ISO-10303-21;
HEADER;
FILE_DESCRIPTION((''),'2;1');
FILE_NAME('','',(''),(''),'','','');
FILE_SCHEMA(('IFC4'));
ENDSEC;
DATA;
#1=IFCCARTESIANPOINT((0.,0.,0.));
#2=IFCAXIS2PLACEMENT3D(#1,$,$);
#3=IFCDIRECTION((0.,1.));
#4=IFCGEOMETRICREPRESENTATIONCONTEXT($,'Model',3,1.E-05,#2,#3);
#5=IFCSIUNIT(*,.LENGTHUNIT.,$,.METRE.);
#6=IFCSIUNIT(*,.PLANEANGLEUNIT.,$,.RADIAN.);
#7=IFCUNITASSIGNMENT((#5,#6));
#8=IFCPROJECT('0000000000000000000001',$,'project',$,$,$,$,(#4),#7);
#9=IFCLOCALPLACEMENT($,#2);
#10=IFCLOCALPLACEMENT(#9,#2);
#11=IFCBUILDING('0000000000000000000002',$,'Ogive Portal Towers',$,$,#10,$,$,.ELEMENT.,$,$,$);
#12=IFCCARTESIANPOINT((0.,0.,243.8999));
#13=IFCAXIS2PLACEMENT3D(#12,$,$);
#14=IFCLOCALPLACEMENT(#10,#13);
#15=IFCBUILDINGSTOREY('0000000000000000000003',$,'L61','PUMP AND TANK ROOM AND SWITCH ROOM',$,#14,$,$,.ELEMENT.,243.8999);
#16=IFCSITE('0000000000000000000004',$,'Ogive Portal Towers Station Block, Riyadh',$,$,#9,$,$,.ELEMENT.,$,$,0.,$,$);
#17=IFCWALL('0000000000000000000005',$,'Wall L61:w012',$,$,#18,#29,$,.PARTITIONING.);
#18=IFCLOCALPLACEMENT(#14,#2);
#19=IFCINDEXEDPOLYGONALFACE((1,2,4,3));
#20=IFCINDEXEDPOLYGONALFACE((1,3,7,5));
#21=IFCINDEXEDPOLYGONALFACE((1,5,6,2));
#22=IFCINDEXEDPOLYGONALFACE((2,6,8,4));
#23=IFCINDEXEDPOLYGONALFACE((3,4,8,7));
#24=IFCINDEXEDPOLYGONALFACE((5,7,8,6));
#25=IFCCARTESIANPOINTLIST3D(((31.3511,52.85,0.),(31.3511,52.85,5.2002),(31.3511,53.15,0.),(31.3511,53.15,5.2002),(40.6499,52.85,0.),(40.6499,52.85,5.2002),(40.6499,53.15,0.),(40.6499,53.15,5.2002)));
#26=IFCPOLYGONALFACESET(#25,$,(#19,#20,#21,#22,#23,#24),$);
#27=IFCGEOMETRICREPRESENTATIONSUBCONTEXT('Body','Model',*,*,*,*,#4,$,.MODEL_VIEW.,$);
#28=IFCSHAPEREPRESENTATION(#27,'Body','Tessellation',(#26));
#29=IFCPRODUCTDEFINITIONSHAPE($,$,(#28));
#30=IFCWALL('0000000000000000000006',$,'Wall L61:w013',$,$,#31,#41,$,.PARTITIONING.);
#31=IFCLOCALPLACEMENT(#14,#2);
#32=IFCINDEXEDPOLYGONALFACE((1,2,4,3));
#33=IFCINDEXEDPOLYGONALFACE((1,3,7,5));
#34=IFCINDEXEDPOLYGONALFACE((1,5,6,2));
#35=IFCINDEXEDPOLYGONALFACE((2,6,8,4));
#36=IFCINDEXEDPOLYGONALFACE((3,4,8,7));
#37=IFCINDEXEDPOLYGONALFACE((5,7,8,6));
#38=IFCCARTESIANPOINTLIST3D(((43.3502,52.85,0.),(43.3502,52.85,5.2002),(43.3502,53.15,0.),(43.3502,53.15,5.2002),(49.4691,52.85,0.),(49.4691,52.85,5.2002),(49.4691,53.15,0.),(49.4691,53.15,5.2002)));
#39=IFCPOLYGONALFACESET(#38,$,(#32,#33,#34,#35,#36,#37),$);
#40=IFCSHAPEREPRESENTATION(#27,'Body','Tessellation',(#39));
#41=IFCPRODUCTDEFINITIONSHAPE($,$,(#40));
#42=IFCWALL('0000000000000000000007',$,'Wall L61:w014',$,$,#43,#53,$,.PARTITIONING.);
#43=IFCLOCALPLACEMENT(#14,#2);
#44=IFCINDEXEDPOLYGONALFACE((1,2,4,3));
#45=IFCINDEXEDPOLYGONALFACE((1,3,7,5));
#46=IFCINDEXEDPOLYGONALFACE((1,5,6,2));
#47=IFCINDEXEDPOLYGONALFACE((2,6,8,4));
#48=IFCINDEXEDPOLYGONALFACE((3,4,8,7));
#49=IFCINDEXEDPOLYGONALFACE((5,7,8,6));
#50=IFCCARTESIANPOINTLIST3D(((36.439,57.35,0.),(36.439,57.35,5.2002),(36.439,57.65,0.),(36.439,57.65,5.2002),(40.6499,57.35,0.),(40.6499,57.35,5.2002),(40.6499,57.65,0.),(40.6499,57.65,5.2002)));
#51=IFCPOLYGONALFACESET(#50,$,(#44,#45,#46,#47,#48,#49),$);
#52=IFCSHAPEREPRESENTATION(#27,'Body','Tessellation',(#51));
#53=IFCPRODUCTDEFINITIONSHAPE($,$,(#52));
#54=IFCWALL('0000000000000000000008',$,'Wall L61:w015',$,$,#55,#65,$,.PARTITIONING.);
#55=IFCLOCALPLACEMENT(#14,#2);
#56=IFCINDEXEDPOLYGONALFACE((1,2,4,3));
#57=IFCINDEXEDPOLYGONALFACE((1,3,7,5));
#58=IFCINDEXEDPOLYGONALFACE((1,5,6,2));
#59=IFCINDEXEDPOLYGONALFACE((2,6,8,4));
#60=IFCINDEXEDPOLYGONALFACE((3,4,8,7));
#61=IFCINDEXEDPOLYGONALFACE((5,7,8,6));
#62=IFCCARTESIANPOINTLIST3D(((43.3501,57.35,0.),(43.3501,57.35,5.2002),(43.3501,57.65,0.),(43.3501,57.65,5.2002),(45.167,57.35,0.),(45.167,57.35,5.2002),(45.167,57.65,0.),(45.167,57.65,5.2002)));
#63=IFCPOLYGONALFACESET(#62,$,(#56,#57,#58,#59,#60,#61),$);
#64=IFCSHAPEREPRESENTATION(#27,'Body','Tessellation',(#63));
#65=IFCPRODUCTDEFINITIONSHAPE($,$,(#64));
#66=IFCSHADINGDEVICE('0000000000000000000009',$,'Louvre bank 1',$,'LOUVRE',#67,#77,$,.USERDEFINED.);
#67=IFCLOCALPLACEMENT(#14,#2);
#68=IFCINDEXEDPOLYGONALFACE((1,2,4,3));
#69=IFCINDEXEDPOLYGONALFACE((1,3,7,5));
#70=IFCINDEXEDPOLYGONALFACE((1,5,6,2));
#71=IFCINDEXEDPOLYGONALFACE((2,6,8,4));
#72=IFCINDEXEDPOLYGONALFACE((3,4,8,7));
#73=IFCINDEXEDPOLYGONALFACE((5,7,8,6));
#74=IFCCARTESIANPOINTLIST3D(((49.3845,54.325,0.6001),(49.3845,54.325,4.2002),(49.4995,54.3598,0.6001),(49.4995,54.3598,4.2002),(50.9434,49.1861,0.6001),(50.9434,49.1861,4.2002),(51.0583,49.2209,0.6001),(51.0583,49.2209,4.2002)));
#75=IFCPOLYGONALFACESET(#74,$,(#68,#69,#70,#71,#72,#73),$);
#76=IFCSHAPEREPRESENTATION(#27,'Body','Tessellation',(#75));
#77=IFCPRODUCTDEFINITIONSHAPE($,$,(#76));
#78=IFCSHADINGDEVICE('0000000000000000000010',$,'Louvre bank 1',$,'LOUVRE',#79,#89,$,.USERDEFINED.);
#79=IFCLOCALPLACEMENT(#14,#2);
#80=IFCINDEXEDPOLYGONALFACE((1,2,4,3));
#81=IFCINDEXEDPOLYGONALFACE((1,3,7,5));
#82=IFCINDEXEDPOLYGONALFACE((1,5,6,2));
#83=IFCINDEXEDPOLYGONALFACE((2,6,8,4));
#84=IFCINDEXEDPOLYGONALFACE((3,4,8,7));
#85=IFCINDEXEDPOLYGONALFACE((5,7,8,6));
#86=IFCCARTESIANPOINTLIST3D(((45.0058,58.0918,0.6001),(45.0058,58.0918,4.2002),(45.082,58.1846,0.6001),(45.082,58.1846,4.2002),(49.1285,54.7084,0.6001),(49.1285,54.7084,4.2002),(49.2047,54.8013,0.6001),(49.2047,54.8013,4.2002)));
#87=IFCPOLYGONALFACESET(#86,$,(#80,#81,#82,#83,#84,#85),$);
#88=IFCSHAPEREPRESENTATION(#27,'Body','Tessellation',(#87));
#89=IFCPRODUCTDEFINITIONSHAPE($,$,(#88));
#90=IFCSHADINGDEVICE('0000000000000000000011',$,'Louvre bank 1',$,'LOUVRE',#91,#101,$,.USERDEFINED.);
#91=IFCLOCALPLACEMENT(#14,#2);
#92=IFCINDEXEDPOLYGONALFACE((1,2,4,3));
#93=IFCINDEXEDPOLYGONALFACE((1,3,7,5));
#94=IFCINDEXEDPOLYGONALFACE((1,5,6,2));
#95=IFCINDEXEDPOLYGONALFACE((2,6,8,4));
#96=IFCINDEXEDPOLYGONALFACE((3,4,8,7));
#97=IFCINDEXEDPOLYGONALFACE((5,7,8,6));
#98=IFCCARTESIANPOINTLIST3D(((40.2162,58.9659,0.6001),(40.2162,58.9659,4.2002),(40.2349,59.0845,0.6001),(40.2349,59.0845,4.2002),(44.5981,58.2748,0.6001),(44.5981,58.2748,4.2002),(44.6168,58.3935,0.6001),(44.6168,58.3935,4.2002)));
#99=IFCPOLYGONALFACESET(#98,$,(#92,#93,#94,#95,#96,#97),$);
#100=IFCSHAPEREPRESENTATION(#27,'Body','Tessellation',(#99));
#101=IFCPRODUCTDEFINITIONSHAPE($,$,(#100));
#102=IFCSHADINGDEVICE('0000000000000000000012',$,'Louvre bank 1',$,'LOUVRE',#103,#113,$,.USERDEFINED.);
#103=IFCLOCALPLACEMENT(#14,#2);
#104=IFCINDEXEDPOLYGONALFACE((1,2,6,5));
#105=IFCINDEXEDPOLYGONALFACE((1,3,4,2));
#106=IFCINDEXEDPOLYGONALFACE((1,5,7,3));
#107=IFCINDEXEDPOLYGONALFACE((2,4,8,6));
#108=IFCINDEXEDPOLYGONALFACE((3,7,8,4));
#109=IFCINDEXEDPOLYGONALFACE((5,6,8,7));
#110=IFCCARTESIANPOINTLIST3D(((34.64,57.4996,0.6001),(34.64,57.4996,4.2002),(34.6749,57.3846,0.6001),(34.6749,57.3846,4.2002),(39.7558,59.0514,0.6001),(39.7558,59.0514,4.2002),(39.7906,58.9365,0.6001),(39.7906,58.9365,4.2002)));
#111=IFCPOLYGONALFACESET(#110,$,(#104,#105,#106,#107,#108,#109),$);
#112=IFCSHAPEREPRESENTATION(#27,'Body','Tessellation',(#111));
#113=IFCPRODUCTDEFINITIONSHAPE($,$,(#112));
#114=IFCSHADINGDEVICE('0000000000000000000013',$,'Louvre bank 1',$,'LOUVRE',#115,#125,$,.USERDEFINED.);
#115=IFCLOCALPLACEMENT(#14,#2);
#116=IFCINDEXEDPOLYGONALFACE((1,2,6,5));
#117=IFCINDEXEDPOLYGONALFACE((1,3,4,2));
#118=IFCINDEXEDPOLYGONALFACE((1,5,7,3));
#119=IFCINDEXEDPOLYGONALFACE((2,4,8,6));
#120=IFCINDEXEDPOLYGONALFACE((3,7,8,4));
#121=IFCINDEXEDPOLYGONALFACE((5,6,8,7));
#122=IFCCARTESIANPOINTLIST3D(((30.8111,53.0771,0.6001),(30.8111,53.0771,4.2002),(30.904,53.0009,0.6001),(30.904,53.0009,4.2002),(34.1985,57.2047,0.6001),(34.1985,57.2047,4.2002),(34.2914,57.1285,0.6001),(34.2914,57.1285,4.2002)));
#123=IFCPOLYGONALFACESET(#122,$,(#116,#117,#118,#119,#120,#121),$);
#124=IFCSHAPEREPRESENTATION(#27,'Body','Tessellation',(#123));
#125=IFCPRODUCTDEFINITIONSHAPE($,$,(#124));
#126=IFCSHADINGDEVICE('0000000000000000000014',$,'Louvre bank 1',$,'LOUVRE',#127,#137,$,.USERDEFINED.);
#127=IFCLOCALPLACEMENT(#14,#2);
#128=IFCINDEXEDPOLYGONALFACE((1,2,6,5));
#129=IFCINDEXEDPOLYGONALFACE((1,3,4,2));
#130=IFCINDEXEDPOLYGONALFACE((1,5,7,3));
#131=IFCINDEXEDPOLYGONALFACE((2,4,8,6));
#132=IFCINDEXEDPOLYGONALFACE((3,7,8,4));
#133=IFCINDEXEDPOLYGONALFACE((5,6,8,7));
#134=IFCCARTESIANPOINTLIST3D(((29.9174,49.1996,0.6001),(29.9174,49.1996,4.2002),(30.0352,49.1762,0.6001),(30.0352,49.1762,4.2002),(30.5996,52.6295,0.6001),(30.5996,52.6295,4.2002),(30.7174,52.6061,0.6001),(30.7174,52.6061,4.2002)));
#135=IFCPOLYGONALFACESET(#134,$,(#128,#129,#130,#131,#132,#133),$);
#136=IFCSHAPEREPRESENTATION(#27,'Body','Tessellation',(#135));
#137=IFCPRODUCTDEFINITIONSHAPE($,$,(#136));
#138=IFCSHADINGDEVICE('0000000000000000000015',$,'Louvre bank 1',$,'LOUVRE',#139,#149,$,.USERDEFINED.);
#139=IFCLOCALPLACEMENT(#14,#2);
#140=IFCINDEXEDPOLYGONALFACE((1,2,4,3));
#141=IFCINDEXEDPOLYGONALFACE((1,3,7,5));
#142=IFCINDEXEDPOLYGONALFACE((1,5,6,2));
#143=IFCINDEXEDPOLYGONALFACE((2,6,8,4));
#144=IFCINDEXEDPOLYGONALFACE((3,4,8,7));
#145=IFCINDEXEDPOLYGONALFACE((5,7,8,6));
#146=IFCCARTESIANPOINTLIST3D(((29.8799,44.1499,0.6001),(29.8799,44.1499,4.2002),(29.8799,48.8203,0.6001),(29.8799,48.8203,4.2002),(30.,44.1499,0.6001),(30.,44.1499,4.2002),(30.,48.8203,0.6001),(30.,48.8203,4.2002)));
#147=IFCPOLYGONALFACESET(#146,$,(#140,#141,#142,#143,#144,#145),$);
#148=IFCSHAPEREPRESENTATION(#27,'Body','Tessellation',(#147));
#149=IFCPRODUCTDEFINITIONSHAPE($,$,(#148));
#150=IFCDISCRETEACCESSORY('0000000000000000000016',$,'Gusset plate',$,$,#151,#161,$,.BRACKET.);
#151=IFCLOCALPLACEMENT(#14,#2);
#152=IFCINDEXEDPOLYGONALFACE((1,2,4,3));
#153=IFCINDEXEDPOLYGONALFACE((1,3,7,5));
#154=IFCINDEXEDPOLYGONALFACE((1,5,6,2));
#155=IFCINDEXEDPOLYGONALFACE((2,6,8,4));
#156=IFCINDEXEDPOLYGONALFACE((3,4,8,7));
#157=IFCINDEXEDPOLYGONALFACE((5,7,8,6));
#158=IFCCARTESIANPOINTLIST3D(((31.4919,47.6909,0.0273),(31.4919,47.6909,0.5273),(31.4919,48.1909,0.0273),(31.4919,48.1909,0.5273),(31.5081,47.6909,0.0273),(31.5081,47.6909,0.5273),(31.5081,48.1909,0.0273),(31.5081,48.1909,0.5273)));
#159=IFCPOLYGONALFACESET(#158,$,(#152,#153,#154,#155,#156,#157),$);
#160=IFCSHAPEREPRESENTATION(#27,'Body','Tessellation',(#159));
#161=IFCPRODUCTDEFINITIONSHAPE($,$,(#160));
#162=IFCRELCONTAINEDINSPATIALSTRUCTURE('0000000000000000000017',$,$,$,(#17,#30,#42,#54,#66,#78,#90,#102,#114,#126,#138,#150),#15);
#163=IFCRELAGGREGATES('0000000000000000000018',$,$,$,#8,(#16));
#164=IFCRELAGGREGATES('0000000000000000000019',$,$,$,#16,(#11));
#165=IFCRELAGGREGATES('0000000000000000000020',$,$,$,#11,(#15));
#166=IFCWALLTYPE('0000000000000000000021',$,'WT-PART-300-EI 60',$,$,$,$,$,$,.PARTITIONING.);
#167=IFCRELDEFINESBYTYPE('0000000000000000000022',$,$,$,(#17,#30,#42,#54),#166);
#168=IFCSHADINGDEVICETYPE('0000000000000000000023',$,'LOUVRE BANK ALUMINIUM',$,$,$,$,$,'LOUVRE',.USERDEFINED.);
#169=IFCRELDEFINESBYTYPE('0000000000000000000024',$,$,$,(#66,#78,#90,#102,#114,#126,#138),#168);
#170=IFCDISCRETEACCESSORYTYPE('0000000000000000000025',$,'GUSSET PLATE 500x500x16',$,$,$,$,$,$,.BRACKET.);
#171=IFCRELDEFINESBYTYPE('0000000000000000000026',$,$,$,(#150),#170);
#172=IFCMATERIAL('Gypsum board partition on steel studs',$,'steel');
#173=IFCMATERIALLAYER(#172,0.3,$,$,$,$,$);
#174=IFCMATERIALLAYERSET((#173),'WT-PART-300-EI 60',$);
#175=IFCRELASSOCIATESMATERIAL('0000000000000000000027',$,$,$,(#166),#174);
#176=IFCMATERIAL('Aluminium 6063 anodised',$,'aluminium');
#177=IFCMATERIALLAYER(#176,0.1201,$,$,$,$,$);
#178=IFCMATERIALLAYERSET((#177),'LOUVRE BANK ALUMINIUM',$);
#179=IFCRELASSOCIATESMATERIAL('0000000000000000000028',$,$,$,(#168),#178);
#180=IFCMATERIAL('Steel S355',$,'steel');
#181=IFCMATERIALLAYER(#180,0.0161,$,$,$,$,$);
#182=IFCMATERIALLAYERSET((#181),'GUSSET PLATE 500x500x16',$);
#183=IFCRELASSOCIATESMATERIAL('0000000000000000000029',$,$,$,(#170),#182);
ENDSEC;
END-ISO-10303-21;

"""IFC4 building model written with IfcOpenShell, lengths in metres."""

from ifc_helpers import new_model, si_unit, direction, frame, frame_2d, origin, origin_2d, place, context, subcontext, project, spatial, rectangle, extrude, material, layer, layer_set, type_object, element, save


model = new_model("IFC4")

# Units and contexts
model_context = context("Model", 3, precision=1e-05, world=origin(), true_north=direction((0.0, 1.0)))
body_context = subcontext(model_context, "Body", "Model", "MODEL_VIEW")
ifc_project = project(units=[si_unit("LENGTHUNIT", "METRE"), si_unit("PLANEANGLEUNIT", "RADIAN")], contexts=[model_context])

# Site, building, storey
site_placement = place(None, origin())
site = spatial("IfcSite", under=ifc_project, at=site_placement, Name="Ogive Portal Towers Station Block, Riyadh", CompositionType="ELEMENT", RefElevation=0.0)
building_placement = place(site_placement, origin())
building = spatial("IfcBuilding", under=site, at=building_placement, Name="Ogive Portal Towers", CompositionType="ELEMENT")
storey_placement = place(building_placement, frame((0.0, 0.0, 243.8999)))
storey = spatial("IfcBuildingStorey", under=building, at=storey_placement, Name="L61", Description="PUMP AND TANK ROOM AND SWITCH ROOM", CompositionType="ELEMENT", Elevation=243.8999)

# Shared definitions
ifc_material_1 = material(Name="Steel S355", Category="steel")

# Walls
ifc_material_2 = material(Name="Gypsum board partition on steel studs", Category="steel")
ifc_layer_1 = layer(ifc_material_2, 0.3)
ifc_layer_set_1 = layer_set([ifc_layer_1], Name="WT-PART-300-EI 60")
wall_type_1 = type_object("IfcWallType", Name="WT-PART-300-EI 60", PredefinedType="PARTITIONING", material=ifc_layer_set_1)
wall_1_placement = place(storey_placement, frame((31.3511, 53.0, 0.0), z_axis=(0.0, 0.0, 1.0), x_axis=(1.0, 0.0, 0.0)))
element("IfcWall", 1, at=wall_1_placement, inside=storey, type_object=wall_type_1, Name="Wall L61:w012", PredefinedType="PARTITIONING", context=body_context, shape_type="SweptSolid", body=[
    extrude(rectangle(XDim=9.2988, YDim=0.3, at=frame_2d((4.6494, 0.0))), origin(), (0.0, 0.0, 1.0), 5.2002),
])
wall_2_placement = place(storey_placement, frame((43.3501, 53.0, 0.0), z_axis=(0.0, 0.0, 1.0), x_axis=(1.0, 0.0, 0.0)))
element("IfcWall", 2, at=wall_2_placement, inside=storey, type_object=wall_type_1, Name="Wall L61:w013", PredefinedType="PARTITIONING", context=body_context, shape_type="SweptSolid", body=[
    extrude(rectangle(XDim=6.1189, YDim=0.3, at=frame_2d((3.0596, 0.0))), origin(), (0.0, 0.0, 1.0), 5.2002),
])
wall_3_placement = place(storey_placement, frame((36.439, 57.5, 0.0), z_axis=(0.0, 0.0, 1.0), x_axis=(1.0, 0.0, 0.0)))
element("IfcWall", 3, at=wall_3_placement, inside=storey, type_object=wall_type_1, Name="Wall L61:w014", PredefinedType="PARTITIONING", context=body_context, shape_type="SweptSolid", body=[
    extrude(rectangle(XDim=4.2109, YDim=0.3, at=frame_2d((2.1055, 0.0))), origin(), (0.0, 0.0, 1.0), 5.2002),
])
wall_4_placement = place(storey_placement, frame((43.3501, 57.5, 0.0), z_axis=(0.0, 0.0, 1.0), x_axis=(1.0, 0.0, 0.0)))
element("IfcWall", 4, at=wall_4_placement, inside=storey, type_object=wall_type_1, Name="Wall L61:w015", PredefinedType="PARTITIONING", context=body_context, shape_type="SweptSolid", body=[
    extrude(rectangle(XDim=1.8169, YDim=0.3, at=frame_2d((0.9084, 0.0))), origin(), (0.0, 0.0, 1.0), 5.2002),
])

# Shading devices
ifc_material_3 = material(Name="Aluminium 6063 anodised", Category="aluminium")
ifc_layer_2 = layer(ifc_material_3, 0.1201)
ifc_layer_set_2 = layer_set([ifc_layer_2], Name="LOUVRE BANK ALUMINIUM")
shading_device_type = type_object("IfcShadingDeviceType", Name="LOUVRE BANK ALUMINIUM", ElementType="LOUVRE", PredefinedType="USERDEFINED", material=ifc_layer_set_2)
shading_device_1_placement = place(storey_placement, frame((50.2214, 51.7729, 0.6001), z_axis=(0.0, 0.0, 1.0), x_axis=(-0.290285, 0.95694, 0.0)))
element("IfcShadingDevice", 5, at=shading_device_1_placement, inside=storey, type_object=shading_device_type, Name="Louvre bank 1", ObjectType="LOUVRE", PredefinedType="USERDEFINED", context=body_context, shape_type="SweptSolid", body=[
    extrude(rectangle(XDim=5.3701, YDim=0.1201, at=origin_2d()), origin(), (0.0, 0.0, 1.0), 3.6001),
])
shading_device_2_placement = place(storey_placement, frame((47.1052, 56.4465, 0.6001), z_axis=(0.0, 0.0, 1.0), x_axis=(-0.77301, 0.634393, 0.0)))
element("IfcShadingDevice", 6, at=shading_device_2_placement, inside=storey, type_object=shading_device_type, Name="Louvre bank 1", ObjectType="LOUVRE", PredefinedType="USERDEFINED", context=body_context, shape_type="SweptSolid", body=[
    extrude(rectangle(XDim=5.3333, YDim=0.1201, at=origin_2d()), origin(), (0.0, 0.0, 1.0), 3.6001),
])
shading_device_3_placement = place(storey_placement, frame((42.4165, 58.6797, 0.6001), z_axis=(0.0, 0.0, 1.0), x_axis=(-0.987792, 0.155777, 0.0)))
element("IfcShadingDevice", 7, at=shading_device_3_placement, inside=storey, type_object=shading_device_type, Name="Louvre bank 1", ObjectType="LOUVRE", PredefinedType="USERDEFINED", context=body_context, shape_type="SweptSolid", body=[
    extrude(rectangle(XDim=4.436, YDim=0.1201, at=origin_2d()), origin(), (0.0, 0.0, 1.0), 3.6001),
])
shading_device_4_placement = place(storey_placement, frame((37.2153, 58.218, 0.6001), z_axis=(0.0, 0.0, 1.0), x_axis=(-0.95694, -0.290285, 0.0)))
element("IfcShadingDevice", 8, at=shading_device_4_placement, inside=storey, type_object=shading_device_type, Name="Louvre bank 1", ObjectType="LOUVRE", PredefinedType="USERDEFINED", context=body_context, shape_type="SweptSolid", body=[
    extrude(rectangle(XDim=5.3459, YDim=0.1201, at=origin_2d()), origin(), (0.0, 0.0, 1.0), 3.6001),
])
shading_device_5_placement = place(storey_placement, frame((32.5513, 55.1028, 0.6001), z_axis=(0.0, 0.0, 1.0), x_axis=(-0.634393, -0.77301, 0.0)))
element("IfcShadingDevice", 9, at=shading_device_5_placement, inside=storey, type_object=shading_device_type, Name="Louvre bank 1", ObjectType="LOUVRE", PredefinedType="USERDEFINED", context=body_context, shape_type="SweptSolid", body=[
    extrude(rectangle(XDim=5.3396, YDim=0.1201, at=origin_2d()), origin(), (0.0, 0.0, 1.0), 3.6001),
])
shading_device_6_placement = place(storey_placement, frame((30.3174, 50.9028, 0.6001), z_axis=(0.0, 0.0, 1.0), x_axis=(-0.19509, -0.980785, 0.0)))
element("IfcShadingDevice", 10, at=shading_device_6_placement, inside=storey, type_object=shading_device_type, Name="Louvre bank 1", ObjectType="LOUVRE", PredefinedType="USERDEFINED", context=body_context, shape_type="SweptSolid", body=[
    extrude(rectangle(XDim=3.4971, YDim=0.1201, at=origin_2d()), origin(), (0.0, 0.0, 1.0), 3.6001),
])
shading_device_7_placement = place(storey_placement, frame((29.9399, 46.4851, 0.6001), z_axis=(0.0, 0.0, 1.0), x_axis=(0.0, -1.0, 0.0)))
element("IfcShadingDevice", 11, at=shading_device_7_placement, inside=storey, type_object=shading_device_type, Name="Louvre bank 1", ObjectType="LOUVRE", PredefinedType="USERDEFINED", context=body_context, shape_type="SweptSolid", body=[
    extrude(rectangle(XDim=4.6704, YDim=0.1201, at=origin_2d()), origin(), (0.0, 0.0, 1.0), 3.6001),
])

# Discrete accessory
ifc_layer_3 = layer(ifc_material_1, 0.0161)
ifc_layer_set_3 = layer_set([ifc_layer_3], Name="GUSSET PLATE 500x500x16")
discrete_accessory_type = type_object("IfcDiscreteAccessoryType", Name="GUSSET PLATE 500x500x16", PredefinedType="BRACKET", material=ifc_layer_set_3)
discrete_accessory_placement = place(storey_placement, frame((31.5, 47.9409, 0.0273), z_axis=(0.0, 0.0, 1.0), x_axis=(0.0, -1.0, 0.0)))
element("IfcDiscreteAccessory", 12, at=discrete_accessory_placement, inside=storey, type_object=discrete_accessory_type, Name="Gusset plate", PredefinedType="BRACKET", context=body_context, shape_type="SweptSolid", body=[
    extrude(rectangle(XDim=0.5, YDim=0.0161, at=origin_2d()), origin(), (0.0, 0.0, 1.0), 0.5),
])

save(model, "model.ifc")
